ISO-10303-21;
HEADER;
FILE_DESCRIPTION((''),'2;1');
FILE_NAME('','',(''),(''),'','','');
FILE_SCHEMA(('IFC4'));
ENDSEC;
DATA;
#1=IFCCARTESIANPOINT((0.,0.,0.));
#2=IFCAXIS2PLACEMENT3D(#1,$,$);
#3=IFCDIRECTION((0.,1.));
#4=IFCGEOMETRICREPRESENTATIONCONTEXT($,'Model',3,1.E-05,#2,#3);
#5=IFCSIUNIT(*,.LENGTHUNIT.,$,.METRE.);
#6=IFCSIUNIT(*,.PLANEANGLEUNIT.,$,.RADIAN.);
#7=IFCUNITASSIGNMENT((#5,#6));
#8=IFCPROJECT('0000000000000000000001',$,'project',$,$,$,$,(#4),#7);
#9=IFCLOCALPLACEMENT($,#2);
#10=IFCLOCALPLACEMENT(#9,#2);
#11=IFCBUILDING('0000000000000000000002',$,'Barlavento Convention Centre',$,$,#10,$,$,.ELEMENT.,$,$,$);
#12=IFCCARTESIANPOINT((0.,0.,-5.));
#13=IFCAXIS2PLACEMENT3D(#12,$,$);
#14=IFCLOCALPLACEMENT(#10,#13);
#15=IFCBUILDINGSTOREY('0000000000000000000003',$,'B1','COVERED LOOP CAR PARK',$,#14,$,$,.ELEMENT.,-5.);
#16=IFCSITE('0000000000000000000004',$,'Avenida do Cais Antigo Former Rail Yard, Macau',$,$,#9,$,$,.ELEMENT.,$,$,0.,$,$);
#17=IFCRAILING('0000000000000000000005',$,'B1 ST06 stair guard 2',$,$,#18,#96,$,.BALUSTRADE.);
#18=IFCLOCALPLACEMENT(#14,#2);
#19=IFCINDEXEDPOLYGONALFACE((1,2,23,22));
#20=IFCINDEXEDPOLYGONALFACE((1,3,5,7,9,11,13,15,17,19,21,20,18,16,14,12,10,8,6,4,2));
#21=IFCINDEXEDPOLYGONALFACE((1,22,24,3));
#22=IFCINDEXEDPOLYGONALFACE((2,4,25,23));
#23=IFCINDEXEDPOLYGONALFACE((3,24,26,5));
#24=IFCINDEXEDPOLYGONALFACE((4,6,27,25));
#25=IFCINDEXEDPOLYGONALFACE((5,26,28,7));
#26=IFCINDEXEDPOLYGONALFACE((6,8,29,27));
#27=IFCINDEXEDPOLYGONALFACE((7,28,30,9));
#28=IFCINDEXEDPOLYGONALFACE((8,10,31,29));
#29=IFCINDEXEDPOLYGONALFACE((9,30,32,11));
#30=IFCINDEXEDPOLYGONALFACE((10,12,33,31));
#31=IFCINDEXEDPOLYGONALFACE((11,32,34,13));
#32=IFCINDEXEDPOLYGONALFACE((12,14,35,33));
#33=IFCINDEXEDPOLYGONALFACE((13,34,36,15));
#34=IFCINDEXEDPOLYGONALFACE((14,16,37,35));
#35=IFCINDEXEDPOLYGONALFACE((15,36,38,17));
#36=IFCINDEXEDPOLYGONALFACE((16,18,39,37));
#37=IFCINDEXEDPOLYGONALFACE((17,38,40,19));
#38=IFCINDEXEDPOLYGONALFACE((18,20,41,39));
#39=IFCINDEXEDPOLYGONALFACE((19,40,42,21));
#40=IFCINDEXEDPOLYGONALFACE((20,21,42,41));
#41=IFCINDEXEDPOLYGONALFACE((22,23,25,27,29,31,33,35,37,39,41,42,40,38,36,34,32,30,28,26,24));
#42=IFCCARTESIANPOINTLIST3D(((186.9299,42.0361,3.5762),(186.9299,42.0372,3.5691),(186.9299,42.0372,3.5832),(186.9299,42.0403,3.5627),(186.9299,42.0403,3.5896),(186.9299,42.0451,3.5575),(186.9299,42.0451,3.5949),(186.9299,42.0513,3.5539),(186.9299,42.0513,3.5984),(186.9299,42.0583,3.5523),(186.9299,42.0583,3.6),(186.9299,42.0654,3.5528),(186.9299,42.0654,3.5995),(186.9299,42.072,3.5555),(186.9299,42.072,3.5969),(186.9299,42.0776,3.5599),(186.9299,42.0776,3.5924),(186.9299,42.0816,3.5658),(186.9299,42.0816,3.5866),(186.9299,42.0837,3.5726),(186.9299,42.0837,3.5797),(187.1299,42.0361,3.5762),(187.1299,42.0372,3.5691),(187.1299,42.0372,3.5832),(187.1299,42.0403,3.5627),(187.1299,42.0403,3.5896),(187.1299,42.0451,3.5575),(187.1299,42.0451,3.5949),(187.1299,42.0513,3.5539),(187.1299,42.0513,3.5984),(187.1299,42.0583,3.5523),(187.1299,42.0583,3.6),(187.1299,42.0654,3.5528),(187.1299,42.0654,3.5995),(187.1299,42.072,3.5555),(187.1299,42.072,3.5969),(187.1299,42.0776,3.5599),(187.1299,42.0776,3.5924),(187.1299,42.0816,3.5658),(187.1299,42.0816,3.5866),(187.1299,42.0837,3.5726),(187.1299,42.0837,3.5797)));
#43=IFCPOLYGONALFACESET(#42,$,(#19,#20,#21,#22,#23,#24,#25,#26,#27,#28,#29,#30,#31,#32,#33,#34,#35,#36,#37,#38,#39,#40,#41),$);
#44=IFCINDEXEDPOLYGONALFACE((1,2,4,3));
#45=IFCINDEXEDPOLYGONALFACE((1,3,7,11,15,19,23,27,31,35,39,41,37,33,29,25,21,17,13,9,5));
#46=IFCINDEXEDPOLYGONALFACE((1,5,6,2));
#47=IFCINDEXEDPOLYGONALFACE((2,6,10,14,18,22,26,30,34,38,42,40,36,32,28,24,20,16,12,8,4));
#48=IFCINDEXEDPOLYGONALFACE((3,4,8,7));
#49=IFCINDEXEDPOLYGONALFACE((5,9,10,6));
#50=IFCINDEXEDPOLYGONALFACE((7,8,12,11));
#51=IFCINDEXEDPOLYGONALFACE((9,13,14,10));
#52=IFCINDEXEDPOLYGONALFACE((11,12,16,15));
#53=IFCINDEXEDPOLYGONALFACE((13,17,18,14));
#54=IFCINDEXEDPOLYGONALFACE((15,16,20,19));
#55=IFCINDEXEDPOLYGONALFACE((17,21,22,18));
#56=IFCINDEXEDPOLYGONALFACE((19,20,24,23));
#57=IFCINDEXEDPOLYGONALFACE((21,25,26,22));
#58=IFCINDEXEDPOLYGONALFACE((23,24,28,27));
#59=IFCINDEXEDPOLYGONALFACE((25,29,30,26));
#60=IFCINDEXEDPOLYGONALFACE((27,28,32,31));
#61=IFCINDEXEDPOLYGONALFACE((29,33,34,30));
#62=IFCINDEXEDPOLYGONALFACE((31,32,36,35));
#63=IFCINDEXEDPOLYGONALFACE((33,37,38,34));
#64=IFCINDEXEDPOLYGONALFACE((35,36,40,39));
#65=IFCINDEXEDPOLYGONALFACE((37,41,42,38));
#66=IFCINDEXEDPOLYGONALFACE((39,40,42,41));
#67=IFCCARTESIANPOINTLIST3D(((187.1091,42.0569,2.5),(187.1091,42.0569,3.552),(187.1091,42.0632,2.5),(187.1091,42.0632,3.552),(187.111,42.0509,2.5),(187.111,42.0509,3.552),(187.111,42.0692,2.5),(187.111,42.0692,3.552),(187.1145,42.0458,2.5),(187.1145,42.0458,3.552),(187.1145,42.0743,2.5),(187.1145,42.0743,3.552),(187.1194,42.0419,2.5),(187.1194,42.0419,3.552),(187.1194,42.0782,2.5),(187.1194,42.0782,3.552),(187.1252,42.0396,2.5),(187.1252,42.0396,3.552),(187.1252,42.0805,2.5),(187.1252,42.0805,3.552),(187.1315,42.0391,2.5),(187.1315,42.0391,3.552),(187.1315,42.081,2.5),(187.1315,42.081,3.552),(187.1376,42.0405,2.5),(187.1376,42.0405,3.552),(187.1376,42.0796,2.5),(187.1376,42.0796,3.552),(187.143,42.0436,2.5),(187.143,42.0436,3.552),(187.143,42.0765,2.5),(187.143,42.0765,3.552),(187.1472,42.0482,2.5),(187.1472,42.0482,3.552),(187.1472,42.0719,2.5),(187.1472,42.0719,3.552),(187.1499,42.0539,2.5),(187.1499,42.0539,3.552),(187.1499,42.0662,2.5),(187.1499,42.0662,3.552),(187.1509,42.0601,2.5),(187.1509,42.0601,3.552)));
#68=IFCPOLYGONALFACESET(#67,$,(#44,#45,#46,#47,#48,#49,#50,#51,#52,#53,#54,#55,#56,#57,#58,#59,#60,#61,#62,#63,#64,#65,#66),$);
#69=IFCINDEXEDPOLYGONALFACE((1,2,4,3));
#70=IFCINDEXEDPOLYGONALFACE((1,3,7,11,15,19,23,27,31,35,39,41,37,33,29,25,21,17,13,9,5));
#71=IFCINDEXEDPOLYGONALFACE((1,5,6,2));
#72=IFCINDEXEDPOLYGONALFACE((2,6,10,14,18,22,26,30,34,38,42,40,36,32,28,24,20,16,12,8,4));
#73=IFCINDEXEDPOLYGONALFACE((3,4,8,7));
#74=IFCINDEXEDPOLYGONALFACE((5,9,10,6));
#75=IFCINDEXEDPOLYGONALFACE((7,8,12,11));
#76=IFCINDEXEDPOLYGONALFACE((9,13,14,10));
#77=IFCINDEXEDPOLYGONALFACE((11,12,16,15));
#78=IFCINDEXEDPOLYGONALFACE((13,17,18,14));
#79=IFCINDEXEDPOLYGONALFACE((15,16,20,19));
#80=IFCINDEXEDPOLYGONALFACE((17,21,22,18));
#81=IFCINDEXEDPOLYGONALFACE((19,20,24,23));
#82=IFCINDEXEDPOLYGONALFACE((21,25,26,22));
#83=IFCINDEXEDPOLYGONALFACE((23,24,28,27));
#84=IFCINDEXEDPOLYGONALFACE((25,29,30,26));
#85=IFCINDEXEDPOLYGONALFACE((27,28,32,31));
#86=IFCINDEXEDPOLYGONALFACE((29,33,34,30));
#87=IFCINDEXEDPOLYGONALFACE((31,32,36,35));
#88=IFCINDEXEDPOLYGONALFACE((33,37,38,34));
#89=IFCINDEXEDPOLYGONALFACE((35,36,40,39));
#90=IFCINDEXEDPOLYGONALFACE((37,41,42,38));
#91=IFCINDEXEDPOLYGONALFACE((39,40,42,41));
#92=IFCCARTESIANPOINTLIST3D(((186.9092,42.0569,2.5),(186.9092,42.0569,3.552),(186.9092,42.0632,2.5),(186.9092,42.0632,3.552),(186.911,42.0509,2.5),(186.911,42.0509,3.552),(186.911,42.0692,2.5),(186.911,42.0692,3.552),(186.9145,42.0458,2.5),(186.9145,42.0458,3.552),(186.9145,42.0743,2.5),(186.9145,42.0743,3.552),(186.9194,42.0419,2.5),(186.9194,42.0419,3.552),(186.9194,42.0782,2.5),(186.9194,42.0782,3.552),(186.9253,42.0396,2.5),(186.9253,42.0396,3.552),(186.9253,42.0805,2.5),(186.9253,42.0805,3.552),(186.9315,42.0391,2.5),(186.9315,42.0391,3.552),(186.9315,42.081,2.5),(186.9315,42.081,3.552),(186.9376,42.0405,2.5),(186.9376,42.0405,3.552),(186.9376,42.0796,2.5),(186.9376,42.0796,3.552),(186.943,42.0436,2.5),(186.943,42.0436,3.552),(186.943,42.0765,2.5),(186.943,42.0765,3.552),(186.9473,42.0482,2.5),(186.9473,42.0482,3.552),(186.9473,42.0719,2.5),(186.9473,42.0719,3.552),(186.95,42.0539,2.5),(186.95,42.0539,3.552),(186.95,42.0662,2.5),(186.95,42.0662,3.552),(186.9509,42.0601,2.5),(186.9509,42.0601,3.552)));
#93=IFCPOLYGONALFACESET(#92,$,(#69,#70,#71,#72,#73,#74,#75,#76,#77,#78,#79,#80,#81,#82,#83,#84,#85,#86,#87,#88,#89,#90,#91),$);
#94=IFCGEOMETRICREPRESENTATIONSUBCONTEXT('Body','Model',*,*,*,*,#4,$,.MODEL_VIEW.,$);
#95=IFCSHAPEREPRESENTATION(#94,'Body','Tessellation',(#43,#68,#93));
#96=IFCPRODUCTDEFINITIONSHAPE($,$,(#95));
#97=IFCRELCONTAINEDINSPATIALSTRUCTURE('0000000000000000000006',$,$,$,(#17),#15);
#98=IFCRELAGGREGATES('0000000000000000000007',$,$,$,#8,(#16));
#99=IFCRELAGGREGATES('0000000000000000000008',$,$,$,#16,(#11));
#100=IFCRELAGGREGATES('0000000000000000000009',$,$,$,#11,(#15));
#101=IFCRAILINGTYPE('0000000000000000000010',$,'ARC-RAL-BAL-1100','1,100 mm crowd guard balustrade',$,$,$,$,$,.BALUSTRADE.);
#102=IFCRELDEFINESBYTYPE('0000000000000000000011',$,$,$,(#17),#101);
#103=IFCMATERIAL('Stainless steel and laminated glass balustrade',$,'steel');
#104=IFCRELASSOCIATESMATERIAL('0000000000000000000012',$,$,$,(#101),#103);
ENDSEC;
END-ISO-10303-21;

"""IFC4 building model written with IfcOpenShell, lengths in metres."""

from ifc_helpers import new_model, si_unit, direction, frame, origin, origin_2d, place, context, subcontext, project, spatial, circle, extrude, material, type_object, element, save


model = new_model("IFC4")

# Units and contexts
model_context = context("Model", 3, precision=1e-05, world=origin(), true_north=direction((0.0, 1.0)))
body_context = subcontext(model_context, "Body", "Model", "MODEL_VIEW")
ifc_project = project(units=[si_unit("LENGTHUNIT", "METRE"), si_unit("PLANEANGLEUNIT", "RADIAN")], contexts=[model_context])

# Site, building, storey
site_placement = place(None, origin())
site = spatial("IfcSite", under=ifc_project, at=site_placement, Name="Avenida do Cais Antigo Former Rail Yard, Macau", CompositionType="ELEMENT", RefElevation=0.0)
building_placement = place(site_placement, origin())
building = spatial("IfcBuilding", under=site, at=building_placement, Name="Barlavento Convention Centre", CompositionType="ELEMENT")
storey_placement = place(building_placement, frame((0.0, 0.0, -5.0)))
storey = spatial("IfcBuildingStorey", under=building, at=storey_placement, Name="B1", Description="COVERED LOOP CAR PARK", CompositionType="ELEMENT", Elevation=-5.0)

# Railing
ifc_material_1 = material(Name="Stainless steel and laminated glass balustrade", Category="steel")
railing_type_1 = type_object("IfcRailingType", Name="ARC-RAL-BAL-1100", Description="1,100 mm crowd guard balustrade", PredefinedType="BALUSTRADE", material=ifc_material_1)
railing_1_placement = place(storey_placement, frame((187.1299, 42.0601, 2.5)))
element("IfcRailing", 1, at=railing_1_placement, inside=storey, type_object=railing_type_1, Name="B1 ST06 stair guard 2", PredefinedType="BALUSTRADE", context=body_context, shape_type="SweptSolid", body=[
    extrude(circle(Radius=0.0239, at=origin_2d()), frame((0.0, 0.0, 1.0762), z_axis=(-1.0, 0.0, 0.0), x_axis=(0.0, -1.0, 0.0)), (0.0, 0.0, 1.0), 0.2),
    extrude(circle(Radius=0.021, at=origin_2d()), origin(), (0.0, 0.0, 1.0), 1.052),
    extrude(circle(Radius=0.021, at=origin_2d()), frame((-0.2, 0.0, 0.0)), (0.0, 0.0, 1.0), 1.052),
])

save(model, "model.ifc")
